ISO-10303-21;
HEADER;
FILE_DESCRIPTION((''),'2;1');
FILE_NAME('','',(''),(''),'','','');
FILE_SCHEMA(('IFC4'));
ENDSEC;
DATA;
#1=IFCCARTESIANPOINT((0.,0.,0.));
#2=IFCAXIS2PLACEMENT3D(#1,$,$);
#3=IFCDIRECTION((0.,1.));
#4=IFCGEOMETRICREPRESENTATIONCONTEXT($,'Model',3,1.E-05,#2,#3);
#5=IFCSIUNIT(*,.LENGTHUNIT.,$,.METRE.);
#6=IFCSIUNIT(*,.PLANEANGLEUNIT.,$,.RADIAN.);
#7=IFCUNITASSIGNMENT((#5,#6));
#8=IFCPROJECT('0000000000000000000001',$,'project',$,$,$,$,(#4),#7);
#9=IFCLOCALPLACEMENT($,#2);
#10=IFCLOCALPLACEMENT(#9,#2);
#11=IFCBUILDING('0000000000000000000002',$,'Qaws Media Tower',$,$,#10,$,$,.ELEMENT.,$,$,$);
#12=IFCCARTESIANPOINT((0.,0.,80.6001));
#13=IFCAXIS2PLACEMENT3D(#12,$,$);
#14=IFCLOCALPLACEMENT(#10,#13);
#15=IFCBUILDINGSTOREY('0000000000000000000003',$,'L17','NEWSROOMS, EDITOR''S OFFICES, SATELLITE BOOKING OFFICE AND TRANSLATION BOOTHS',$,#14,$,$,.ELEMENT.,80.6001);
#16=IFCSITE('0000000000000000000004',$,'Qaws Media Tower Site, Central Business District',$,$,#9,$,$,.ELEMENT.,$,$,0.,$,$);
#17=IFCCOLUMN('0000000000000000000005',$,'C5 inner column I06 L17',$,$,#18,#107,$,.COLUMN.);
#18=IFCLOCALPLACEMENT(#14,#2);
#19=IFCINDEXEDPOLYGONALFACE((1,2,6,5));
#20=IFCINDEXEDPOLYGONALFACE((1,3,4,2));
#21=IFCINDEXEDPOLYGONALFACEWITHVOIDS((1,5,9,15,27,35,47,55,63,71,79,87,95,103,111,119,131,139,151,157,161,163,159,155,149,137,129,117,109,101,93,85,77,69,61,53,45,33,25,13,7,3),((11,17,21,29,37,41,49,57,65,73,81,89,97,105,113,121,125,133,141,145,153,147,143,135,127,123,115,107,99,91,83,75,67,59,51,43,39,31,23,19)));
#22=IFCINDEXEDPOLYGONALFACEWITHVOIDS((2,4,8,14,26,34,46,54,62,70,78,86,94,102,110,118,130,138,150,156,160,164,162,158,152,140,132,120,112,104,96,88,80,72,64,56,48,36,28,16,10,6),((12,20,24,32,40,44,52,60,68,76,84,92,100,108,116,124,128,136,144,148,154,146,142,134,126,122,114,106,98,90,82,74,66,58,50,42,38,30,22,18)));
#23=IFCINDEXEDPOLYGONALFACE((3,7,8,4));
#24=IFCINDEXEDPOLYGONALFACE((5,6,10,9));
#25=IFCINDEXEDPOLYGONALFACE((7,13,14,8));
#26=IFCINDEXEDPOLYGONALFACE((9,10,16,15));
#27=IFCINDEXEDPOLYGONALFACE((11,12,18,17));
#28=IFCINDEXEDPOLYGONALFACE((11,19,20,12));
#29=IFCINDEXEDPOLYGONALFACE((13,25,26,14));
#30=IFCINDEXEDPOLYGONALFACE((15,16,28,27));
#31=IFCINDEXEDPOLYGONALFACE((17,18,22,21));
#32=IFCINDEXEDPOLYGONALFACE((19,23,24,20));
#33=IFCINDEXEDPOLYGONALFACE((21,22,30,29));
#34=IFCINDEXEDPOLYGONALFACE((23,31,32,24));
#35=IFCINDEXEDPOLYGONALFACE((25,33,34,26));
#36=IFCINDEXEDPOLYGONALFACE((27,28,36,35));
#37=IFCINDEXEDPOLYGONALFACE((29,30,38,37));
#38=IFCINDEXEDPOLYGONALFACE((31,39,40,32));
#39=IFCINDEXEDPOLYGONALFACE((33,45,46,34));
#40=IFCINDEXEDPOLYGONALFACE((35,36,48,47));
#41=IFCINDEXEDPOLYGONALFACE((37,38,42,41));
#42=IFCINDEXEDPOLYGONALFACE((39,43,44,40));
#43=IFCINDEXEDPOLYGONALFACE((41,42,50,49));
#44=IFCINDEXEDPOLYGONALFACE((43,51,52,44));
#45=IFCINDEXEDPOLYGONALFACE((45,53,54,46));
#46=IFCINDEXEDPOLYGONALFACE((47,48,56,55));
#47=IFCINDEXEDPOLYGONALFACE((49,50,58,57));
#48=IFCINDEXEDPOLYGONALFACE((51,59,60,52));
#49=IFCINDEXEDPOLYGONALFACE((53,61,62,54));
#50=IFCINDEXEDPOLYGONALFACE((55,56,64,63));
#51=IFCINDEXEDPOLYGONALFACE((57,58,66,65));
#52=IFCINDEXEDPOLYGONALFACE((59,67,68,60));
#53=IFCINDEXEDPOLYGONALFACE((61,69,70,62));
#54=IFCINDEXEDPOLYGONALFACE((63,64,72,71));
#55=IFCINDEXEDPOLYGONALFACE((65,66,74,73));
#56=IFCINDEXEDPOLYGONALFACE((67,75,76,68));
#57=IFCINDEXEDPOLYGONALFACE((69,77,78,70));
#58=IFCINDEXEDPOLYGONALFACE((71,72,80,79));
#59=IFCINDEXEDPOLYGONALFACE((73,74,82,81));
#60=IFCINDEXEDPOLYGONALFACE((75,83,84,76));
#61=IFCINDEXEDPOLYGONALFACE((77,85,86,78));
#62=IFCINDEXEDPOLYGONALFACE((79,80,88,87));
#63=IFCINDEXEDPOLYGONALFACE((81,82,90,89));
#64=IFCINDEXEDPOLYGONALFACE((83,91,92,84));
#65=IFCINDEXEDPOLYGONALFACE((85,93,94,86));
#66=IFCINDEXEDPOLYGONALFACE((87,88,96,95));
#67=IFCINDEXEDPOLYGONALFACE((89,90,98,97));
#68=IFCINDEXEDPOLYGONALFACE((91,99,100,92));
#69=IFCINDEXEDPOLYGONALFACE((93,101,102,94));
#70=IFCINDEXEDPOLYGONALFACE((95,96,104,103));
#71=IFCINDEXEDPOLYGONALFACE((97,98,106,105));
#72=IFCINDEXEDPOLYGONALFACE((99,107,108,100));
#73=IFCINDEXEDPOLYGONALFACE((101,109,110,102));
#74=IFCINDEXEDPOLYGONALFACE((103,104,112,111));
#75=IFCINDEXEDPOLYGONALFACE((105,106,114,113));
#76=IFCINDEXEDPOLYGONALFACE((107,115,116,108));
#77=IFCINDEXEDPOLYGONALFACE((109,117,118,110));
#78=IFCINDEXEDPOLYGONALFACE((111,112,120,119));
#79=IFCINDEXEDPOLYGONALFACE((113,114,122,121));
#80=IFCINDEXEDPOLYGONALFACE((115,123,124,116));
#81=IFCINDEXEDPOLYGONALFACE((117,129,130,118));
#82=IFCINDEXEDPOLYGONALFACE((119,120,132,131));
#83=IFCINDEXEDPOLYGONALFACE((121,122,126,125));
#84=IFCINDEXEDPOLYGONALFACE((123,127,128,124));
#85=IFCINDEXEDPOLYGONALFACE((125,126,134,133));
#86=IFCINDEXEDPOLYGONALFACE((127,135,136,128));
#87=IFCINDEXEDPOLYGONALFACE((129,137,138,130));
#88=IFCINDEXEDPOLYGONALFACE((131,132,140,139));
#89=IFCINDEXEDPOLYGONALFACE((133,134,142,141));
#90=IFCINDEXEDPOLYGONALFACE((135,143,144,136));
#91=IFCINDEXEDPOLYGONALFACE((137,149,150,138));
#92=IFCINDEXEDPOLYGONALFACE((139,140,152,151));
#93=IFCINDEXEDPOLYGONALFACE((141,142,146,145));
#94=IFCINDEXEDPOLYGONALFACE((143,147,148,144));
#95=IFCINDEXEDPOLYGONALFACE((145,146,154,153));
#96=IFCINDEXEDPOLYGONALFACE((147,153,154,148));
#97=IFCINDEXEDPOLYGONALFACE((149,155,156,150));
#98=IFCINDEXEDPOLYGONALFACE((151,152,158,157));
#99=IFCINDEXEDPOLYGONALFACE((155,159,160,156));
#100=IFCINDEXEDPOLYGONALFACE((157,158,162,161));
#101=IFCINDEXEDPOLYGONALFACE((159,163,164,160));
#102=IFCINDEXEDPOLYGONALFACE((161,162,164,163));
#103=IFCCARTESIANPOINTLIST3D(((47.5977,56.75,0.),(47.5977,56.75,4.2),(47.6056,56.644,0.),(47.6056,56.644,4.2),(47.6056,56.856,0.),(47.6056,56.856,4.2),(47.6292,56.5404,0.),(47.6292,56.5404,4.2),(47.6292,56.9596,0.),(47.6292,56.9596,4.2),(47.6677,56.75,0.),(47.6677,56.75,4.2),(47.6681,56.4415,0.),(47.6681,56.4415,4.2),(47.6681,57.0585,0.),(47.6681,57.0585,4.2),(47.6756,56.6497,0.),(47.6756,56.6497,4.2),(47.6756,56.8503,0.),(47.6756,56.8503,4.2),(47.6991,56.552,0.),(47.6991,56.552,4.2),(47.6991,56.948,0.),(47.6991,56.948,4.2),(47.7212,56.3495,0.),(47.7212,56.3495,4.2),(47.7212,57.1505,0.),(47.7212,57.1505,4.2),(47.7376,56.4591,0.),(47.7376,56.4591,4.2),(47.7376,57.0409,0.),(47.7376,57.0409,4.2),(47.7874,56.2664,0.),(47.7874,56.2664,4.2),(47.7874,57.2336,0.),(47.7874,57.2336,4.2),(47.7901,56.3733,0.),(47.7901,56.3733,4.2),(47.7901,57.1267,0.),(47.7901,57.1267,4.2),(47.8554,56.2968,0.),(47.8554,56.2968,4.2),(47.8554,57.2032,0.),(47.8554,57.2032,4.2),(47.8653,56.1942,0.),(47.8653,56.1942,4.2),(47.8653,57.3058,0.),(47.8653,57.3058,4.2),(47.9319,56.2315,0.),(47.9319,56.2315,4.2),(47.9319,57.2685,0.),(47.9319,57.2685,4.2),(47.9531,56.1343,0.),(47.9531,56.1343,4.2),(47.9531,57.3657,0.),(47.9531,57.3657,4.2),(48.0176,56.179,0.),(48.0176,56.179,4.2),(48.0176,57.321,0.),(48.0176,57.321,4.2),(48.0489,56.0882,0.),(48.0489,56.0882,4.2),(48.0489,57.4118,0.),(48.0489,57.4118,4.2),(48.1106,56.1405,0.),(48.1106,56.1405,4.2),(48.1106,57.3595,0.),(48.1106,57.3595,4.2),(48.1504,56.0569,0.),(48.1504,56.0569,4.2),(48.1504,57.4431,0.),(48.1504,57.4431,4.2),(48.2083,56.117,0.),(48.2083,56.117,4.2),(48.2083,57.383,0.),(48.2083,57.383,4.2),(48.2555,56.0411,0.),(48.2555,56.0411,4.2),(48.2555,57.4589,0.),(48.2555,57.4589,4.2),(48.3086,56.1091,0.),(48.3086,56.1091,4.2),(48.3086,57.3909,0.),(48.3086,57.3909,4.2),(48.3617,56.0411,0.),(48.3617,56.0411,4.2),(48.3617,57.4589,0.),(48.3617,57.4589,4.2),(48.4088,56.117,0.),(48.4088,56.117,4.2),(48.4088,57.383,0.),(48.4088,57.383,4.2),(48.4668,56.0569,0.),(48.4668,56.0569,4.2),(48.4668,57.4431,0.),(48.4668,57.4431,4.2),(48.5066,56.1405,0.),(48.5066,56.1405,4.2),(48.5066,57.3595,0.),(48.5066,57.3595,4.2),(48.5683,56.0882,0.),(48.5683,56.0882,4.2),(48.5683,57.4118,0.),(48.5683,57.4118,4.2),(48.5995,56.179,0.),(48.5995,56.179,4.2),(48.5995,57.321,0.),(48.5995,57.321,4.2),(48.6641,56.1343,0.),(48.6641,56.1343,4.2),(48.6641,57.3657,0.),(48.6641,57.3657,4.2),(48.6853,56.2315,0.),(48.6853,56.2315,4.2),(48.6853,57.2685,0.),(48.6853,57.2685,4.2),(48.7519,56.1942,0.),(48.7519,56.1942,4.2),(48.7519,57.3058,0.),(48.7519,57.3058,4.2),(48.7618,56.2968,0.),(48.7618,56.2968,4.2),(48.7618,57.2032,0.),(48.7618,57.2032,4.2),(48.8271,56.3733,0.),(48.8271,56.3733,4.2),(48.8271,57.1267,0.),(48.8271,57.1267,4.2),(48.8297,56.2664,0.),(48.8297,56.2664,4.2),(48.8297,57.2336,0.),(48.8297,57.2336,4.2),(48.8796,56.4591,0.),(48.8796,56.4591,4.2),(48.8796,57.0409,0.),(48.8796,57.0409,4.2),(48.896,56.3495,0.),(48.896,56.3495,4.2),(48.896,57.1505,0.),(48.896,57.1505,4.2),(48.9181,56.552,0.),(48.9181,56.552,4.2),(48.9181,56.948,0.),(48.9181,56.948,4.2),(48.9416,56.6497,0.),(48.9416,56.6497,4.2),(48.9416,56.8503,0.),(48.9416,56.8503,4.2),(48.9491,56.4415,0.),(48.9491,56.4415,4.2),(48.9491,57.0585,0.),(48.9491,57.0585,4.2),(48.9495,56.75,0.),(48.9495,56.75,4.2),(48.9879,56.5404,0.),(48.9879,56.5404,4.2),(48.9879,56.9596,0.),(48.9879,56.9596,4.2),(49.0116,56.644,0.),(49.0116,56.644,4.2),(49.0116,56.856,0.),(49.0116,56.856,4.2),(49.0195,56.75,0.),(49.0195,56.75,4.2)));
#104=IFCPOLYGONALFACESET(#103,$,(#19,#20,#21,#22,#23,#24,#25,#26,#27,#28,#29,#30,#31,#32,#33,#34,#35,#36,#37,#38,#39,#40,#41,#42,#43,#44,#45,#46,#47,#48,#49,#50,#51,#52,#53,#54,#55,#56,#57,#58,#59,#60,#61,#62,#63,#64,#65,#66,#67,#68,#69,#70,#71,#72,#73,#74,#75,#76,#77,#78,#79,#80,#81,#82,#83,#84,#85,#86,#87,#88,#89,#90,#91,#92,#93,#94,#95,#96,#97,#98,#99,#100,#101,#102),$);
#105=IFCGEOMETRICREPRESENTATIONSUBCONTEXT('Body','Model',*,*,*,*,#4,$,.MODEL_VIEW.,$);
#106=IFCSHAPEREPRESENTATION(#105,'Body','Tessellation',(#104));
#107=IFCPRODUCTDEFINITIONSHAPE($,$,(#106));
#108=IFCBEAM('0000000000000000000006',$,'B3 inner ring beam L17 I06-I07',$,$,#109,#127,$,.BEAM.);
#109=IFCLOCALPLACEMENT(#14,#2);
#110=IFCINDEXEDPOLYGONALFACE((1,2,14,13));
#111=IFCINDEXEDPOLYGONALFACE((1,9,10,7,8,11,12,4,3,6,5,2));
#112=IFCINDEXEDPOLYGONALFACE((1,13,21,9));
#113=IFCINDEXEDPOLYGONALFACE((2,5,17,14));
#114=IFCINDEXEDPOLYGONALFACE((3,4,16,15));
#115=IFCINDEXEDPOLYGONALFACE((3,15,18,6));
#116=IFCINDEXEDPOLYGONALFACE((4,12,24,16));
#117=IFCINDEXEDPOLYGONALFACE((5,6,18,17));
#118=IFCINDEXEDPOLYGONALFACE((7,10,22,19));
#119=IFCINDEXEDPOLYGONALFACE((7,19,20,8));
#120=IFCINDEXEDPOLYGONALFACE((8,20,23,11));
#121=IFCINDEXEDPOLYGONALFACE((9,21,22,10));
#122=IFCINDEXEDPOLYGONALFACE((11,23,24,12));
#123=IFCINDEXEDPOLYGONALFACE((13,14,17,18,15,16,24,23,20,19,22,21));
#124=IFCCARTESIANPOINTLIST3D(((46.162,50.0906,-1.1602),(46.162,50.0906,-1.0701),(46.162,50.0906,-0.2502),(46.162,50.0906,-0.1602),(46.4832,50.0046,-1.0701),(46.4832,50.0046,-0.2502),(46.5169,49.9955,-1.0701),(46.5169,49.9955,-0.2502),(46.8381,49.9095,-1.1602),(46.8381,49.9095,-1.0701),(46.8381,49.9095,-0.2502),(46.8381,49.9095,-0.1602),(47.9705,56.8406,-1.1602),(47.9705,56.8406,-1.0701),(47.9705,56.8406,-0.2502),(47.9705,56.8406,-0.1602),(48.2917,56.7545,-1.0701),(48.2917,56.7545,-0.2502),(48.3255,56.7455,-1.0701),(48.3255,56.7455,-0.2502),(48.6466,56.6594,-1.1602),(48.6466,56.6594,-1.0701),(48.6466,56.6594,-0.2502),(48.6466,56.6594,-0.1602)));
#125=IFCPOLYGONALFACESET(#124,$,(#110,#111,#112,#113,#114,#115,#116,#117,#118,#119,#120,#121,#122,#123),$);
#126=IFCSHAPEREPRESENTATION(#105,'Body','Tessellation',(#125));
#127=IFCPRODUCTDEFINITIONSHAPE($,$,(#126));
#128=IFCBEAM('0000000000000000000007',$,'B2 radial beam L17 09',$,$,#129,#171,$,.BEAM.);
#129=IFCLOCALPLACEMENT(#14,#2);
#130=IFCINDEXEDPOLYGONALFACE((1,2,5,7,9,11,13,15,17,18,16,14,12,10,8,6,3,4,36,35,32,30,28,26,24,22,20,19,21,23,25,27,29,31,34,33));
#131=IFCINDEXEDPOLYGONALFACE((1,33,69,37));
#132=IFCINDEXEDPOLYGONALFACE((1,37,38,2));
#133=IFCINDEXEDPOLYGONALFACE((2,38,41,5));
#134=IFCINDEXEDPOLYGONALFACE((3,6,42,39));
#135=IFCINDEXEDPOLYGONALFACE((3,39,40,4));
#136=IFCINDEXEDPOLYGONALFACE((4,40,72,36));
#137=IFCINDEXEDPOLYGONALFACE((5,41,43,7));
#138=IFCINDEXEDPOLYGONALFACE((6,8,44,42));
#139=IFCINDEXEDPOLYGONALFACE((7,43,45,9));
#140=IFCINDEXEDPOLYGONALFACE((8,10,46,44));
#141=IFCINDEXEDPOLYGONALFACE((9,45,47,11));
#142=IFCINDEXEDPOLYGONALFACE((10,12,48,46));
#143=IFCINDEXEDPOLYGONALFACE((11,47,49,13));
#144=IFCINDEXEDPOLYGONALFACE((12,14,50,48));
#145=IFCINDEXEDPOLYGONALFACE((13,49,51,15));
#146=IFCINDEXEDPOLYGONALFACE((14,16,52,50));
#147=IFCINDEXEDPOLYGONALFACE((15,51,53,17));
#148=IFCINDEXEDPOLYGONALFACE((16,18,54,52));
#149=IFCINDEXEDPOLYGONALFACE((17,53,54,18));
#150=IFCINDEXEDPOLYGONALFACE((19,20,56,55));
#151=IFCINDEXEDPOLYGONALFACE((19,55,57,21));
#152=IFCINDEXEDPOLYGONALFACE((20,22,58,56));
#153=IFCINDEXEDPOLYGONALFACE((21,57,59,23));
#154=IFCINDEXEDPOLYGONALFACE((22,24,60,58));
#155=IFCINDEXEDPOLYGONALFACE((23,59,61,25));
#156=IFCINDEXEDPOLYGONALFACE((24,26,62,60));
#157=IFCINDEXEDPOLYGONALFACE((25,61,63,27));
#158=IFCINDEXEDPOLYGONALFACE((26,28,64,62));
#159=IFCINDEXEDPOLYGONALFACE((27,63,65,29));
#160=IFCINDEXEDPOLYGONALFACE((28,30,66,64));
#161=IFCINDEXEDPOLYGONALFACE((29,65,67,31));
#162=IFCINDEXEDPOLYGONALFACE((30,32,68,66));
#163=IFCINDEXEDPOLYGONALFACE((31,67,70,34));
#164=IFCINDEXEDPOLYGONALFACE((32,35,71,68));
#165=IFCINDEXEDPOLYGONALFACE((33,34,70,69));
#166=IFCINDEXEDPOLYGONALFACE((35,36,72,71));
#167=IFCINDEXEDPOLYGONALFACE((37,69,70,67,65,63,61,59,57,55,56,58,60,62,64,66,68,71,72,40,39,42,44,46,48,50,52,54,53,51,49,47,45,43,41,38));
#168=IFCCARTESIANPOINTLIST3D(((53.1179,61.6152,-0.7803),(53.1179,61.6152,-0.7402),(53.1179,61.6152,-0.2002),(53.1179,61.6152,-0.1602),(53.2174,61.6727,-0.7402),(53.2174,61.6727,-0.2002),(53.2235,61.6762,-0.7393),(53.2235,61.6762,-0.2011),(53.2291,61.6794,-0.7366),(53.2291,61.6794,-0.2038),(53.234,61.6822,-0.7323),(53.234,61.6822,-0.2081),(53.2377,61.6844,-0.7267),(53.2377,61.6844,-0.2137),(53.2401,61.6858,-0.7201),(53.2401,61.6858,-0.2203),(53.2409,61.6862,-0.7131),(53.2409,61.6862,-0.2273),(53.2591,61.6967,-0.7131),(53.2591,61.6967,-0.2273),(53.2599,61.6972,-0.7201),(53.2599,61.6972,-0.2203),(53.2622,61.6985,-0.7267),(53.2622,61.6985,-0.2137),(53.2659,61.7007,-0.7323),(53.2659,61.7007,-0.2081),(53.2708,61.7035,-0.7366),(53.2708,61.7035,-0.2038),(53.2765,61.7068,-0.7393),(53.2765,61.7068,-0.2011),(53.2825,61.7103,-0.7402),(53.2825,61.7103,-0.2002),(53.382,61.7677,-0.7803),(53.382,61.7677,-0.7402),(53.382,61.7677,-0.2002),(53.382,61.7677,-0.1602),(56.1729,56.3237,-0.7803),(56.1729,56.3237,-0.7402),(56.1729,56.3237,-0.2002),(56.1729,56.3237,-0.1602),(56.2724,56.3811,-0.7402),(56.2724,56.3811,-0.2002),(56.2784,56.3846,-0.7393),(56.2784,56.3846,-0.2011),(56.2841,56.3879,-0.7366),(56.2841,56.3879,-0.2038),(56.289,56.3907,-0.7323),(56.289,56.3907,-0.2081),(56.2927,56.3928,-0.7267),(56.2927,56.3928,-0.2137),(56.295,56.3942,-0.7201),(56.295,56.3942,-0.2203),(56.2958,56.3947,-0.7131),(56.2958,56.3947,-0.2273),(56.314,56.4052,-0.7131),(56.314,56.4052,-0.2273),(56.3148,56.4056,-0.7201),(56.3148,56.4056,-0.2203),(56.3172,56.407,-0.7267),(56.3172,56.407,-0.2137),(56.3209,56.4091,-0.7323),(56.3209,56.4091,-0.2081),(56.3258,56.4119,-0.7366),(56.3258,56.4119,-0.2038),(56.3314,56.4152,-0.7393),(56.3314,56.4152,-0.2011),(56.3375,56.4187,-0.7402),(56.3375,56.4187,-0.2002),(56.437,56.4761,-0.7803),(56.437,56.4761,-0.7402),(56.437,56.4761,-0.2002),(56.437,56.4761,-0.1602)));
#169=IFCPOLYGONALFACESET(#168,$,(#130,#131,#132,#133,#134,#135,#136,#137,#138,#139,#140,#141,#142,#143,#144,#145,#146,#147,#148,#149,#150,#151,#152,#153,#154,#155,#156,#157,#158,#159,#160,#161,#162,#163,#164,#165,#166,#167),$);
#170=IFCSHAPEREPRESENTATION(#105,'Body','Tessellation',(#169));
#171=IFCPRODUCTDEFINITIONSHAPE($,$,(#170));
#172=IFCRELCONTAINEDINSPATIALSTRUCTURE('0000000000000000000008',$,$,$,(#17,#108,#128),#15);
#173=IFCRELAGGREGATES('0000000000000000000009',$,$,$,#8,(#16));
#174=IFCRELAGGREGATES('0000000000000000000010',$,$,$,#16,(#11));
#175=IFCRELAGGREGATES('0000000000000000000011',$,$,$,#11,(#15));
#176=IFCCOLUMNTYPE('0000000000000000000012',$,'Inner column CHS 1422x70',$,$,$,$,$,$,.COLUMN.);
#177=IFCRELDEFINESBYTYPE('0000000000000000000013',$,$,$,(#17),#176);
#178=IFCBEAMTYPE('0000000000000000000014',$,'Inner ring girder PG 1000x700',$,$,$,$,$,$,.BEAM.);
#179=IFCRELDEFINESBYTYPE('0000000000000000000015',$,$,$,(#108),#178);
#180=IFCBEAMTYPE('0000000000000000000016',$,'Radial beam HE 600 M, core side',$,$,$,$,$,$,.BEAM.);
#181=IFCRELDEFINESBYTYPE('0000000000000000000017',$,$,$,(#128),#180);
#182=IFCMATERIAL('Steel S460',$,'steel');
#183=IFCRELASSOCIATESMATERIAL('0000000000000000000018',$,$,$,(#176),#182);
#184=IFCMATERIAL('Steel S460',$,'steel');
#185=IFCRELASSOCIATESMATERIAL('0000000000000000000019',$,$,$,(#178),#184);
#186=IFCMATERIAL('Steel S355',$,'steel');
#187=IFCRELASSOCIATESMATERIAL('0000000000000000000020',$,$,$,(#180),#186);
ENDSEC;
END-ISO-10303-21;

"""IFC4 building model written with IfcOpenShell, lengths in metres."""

from ifc_helpers import new_model, si_unit, direction, frame, origin, origin_2d, place, context, subcontext, project, spatial, hollow_circle, i_section, extrude, material, material_profile, profile_set, type_object, element, save


model = new_model("IFC4")

# Units and contexts
model_context = context("Model", 3, precision=1e-05, world=origin(), true_north=direction((0.0, 1.0)))
body_context = subcontext(model_context, "Body", "Model", "MODEL_VIEW")
ifc_project = project(units=[si_unit("LENGTHUNIT", "METRE"), si_unit("PLANEANGLEUNIT", "RADIAN")], contexts=[model_context])

# Site, building, storey
site_placement = place(None, origin())
site = spatial("IfcSite", under=ifc_project, at=site_placement, Name="Qaws Media Tower Site, Central Business District", CompositionType="ELEMENT", RefElevation=0.0)
building_placement = place(site_placement, origin())
building = spatial("IfcBuilding", under=site, at=building_placement, Name="Qaws Media Tower", CompositionType="ELEMENT")
storey_placement = place(building_placement, frame((0.0, 0.0, 80.6001)))
storey = spatial("IfcBuildingStorey", under=building, at=storey_placement, Name="L17", Description="NEWSROOMS, EDITOR'S OFFICES, SATELLITE BOOKING OFFICE AND TRANSLATION BOOTHS", CompositionType="ELEMENT", Elevation=80.6001)

# Column
ifc_material_1 = material(Name="Steel S460", Category="steel")
ifc_material_profile_1 = material_profile(ifc_material_1, hollow_circle(Radius=0.7109, WallThickness=0.0701, at=origin_2d()), Name="CHS 1422x70")
ifc_profile_set_1 = profile_set([ifc_material_profile_1], Name="Steel S460")
column_type = type_object("IfcColumnType", Name="Inner column CHS 1422x70", PredefinedType="COLUMN", material=ifc_profile_set_1)
column_placement = place(storey_placement, frame((48.3086, 56.75, 0.0), z_axis=(0.0, 0.0, 1.0), x_axis=(1.0, 0.0, 0.0)))
element("IfcColumn", 1, at=column_placement, inside=storey, type_object=column_type, Name="C5 inner column I06 L17", PredefinedType="COLUMN", context=body_context, shape_type="SweptSolid", body=[
    extrude(hollow_circle(Radius=0.7109, WallThickness=0.0701, at=origin_2d()), origin(), (0.0, 0.0, 1.0), 4.2),
])

# Beams
ifc_material_2 = material(Name="Steel S460", Category="steel")
ifc_material_profile_2 = material_profile(ifc_material_2, i_section(OverallWidth=0.7, OverallDepth=1.0, WebThickness=0.0349, FlangeThickness=0.0901, at=origin_2d()), Name="PG 1000x700")
ifc_profile_set_2 = profile_set([ifc_material_profile_2], Name="Steel S460")
beam_type_1 = type_object("IfcBeamType", Name="Inner ring girder PG 1000x700", PredefinedType="BEAM", material=ifc_profile_set_2)
beam_1_placement = place(storey_placement, frame((48.3086, 56.75, -0.6602), z_axis=(-0.258811, -0.965928, 0.0), x_axis=(0.965928, -0.258811, 0.0)))
element("IfcBeam", 2, at=beam_1_placement, inside=storey, type_object=beam_type_1, Name="B3 inner ring beam L17 I06-I07", PredefinedType="BEAM", context=body_context, shape_type="SweptSolid", body=[
    extrude(i_section(OverallWidth=0.7, OverallDepth=1.0, WebThickness=0.0349, FlangeThickness=0.0901, at=origin_2d()), origin(), (0.0, 0.0, 1.0), 6.988),
])
ifc_material_3 = material(Name="Steel S355", Category="steel")
ifc_material_profile_3 = material_profile(ifc_material_3, i_section(OverallWidth=0.3049, OverallDepth=0.6201, WebThickness=0.021, FlangeThickness=0.04, FilletRadius=0.0271, at=origin_2d()), Name="HE 600 M")
ifc_profile_set_3 = profile_set([ifc_material_profile_3], Name="Steel S355")
beam_type_2 = type_object("IfcBeamType", Name="Radial beam HE 600 M, core side", PredefinedType="BEAM", material=ifc_profile_set_3)
beam_2_placement = place(storey_placement, frame((56.3049, 56.3999, -0.4702), z_axis=(-0.499985, 0.866034, 0.0), x_axis=(-0.866034, -0.499985, 0.0)))
element("IfcBeam", 3, at=beam_2_placement, inside=storey, type_object=beam_type_2, Name="B2 radial beam L17 09", PredefinedType="BEAM", context=body_context, shape_type="SweptSolid", body=[
    extrude(i_section(OverallWidth=0.3049, OverallDepth=0.6201, WebThickness=0.021, FlangeThickness=0.04, FilletRadius=0.0271, at=origin_2d()), origin(), (0.0, 0.0, 1.0), 6.1101),
])

save(model, "model.ifc")
